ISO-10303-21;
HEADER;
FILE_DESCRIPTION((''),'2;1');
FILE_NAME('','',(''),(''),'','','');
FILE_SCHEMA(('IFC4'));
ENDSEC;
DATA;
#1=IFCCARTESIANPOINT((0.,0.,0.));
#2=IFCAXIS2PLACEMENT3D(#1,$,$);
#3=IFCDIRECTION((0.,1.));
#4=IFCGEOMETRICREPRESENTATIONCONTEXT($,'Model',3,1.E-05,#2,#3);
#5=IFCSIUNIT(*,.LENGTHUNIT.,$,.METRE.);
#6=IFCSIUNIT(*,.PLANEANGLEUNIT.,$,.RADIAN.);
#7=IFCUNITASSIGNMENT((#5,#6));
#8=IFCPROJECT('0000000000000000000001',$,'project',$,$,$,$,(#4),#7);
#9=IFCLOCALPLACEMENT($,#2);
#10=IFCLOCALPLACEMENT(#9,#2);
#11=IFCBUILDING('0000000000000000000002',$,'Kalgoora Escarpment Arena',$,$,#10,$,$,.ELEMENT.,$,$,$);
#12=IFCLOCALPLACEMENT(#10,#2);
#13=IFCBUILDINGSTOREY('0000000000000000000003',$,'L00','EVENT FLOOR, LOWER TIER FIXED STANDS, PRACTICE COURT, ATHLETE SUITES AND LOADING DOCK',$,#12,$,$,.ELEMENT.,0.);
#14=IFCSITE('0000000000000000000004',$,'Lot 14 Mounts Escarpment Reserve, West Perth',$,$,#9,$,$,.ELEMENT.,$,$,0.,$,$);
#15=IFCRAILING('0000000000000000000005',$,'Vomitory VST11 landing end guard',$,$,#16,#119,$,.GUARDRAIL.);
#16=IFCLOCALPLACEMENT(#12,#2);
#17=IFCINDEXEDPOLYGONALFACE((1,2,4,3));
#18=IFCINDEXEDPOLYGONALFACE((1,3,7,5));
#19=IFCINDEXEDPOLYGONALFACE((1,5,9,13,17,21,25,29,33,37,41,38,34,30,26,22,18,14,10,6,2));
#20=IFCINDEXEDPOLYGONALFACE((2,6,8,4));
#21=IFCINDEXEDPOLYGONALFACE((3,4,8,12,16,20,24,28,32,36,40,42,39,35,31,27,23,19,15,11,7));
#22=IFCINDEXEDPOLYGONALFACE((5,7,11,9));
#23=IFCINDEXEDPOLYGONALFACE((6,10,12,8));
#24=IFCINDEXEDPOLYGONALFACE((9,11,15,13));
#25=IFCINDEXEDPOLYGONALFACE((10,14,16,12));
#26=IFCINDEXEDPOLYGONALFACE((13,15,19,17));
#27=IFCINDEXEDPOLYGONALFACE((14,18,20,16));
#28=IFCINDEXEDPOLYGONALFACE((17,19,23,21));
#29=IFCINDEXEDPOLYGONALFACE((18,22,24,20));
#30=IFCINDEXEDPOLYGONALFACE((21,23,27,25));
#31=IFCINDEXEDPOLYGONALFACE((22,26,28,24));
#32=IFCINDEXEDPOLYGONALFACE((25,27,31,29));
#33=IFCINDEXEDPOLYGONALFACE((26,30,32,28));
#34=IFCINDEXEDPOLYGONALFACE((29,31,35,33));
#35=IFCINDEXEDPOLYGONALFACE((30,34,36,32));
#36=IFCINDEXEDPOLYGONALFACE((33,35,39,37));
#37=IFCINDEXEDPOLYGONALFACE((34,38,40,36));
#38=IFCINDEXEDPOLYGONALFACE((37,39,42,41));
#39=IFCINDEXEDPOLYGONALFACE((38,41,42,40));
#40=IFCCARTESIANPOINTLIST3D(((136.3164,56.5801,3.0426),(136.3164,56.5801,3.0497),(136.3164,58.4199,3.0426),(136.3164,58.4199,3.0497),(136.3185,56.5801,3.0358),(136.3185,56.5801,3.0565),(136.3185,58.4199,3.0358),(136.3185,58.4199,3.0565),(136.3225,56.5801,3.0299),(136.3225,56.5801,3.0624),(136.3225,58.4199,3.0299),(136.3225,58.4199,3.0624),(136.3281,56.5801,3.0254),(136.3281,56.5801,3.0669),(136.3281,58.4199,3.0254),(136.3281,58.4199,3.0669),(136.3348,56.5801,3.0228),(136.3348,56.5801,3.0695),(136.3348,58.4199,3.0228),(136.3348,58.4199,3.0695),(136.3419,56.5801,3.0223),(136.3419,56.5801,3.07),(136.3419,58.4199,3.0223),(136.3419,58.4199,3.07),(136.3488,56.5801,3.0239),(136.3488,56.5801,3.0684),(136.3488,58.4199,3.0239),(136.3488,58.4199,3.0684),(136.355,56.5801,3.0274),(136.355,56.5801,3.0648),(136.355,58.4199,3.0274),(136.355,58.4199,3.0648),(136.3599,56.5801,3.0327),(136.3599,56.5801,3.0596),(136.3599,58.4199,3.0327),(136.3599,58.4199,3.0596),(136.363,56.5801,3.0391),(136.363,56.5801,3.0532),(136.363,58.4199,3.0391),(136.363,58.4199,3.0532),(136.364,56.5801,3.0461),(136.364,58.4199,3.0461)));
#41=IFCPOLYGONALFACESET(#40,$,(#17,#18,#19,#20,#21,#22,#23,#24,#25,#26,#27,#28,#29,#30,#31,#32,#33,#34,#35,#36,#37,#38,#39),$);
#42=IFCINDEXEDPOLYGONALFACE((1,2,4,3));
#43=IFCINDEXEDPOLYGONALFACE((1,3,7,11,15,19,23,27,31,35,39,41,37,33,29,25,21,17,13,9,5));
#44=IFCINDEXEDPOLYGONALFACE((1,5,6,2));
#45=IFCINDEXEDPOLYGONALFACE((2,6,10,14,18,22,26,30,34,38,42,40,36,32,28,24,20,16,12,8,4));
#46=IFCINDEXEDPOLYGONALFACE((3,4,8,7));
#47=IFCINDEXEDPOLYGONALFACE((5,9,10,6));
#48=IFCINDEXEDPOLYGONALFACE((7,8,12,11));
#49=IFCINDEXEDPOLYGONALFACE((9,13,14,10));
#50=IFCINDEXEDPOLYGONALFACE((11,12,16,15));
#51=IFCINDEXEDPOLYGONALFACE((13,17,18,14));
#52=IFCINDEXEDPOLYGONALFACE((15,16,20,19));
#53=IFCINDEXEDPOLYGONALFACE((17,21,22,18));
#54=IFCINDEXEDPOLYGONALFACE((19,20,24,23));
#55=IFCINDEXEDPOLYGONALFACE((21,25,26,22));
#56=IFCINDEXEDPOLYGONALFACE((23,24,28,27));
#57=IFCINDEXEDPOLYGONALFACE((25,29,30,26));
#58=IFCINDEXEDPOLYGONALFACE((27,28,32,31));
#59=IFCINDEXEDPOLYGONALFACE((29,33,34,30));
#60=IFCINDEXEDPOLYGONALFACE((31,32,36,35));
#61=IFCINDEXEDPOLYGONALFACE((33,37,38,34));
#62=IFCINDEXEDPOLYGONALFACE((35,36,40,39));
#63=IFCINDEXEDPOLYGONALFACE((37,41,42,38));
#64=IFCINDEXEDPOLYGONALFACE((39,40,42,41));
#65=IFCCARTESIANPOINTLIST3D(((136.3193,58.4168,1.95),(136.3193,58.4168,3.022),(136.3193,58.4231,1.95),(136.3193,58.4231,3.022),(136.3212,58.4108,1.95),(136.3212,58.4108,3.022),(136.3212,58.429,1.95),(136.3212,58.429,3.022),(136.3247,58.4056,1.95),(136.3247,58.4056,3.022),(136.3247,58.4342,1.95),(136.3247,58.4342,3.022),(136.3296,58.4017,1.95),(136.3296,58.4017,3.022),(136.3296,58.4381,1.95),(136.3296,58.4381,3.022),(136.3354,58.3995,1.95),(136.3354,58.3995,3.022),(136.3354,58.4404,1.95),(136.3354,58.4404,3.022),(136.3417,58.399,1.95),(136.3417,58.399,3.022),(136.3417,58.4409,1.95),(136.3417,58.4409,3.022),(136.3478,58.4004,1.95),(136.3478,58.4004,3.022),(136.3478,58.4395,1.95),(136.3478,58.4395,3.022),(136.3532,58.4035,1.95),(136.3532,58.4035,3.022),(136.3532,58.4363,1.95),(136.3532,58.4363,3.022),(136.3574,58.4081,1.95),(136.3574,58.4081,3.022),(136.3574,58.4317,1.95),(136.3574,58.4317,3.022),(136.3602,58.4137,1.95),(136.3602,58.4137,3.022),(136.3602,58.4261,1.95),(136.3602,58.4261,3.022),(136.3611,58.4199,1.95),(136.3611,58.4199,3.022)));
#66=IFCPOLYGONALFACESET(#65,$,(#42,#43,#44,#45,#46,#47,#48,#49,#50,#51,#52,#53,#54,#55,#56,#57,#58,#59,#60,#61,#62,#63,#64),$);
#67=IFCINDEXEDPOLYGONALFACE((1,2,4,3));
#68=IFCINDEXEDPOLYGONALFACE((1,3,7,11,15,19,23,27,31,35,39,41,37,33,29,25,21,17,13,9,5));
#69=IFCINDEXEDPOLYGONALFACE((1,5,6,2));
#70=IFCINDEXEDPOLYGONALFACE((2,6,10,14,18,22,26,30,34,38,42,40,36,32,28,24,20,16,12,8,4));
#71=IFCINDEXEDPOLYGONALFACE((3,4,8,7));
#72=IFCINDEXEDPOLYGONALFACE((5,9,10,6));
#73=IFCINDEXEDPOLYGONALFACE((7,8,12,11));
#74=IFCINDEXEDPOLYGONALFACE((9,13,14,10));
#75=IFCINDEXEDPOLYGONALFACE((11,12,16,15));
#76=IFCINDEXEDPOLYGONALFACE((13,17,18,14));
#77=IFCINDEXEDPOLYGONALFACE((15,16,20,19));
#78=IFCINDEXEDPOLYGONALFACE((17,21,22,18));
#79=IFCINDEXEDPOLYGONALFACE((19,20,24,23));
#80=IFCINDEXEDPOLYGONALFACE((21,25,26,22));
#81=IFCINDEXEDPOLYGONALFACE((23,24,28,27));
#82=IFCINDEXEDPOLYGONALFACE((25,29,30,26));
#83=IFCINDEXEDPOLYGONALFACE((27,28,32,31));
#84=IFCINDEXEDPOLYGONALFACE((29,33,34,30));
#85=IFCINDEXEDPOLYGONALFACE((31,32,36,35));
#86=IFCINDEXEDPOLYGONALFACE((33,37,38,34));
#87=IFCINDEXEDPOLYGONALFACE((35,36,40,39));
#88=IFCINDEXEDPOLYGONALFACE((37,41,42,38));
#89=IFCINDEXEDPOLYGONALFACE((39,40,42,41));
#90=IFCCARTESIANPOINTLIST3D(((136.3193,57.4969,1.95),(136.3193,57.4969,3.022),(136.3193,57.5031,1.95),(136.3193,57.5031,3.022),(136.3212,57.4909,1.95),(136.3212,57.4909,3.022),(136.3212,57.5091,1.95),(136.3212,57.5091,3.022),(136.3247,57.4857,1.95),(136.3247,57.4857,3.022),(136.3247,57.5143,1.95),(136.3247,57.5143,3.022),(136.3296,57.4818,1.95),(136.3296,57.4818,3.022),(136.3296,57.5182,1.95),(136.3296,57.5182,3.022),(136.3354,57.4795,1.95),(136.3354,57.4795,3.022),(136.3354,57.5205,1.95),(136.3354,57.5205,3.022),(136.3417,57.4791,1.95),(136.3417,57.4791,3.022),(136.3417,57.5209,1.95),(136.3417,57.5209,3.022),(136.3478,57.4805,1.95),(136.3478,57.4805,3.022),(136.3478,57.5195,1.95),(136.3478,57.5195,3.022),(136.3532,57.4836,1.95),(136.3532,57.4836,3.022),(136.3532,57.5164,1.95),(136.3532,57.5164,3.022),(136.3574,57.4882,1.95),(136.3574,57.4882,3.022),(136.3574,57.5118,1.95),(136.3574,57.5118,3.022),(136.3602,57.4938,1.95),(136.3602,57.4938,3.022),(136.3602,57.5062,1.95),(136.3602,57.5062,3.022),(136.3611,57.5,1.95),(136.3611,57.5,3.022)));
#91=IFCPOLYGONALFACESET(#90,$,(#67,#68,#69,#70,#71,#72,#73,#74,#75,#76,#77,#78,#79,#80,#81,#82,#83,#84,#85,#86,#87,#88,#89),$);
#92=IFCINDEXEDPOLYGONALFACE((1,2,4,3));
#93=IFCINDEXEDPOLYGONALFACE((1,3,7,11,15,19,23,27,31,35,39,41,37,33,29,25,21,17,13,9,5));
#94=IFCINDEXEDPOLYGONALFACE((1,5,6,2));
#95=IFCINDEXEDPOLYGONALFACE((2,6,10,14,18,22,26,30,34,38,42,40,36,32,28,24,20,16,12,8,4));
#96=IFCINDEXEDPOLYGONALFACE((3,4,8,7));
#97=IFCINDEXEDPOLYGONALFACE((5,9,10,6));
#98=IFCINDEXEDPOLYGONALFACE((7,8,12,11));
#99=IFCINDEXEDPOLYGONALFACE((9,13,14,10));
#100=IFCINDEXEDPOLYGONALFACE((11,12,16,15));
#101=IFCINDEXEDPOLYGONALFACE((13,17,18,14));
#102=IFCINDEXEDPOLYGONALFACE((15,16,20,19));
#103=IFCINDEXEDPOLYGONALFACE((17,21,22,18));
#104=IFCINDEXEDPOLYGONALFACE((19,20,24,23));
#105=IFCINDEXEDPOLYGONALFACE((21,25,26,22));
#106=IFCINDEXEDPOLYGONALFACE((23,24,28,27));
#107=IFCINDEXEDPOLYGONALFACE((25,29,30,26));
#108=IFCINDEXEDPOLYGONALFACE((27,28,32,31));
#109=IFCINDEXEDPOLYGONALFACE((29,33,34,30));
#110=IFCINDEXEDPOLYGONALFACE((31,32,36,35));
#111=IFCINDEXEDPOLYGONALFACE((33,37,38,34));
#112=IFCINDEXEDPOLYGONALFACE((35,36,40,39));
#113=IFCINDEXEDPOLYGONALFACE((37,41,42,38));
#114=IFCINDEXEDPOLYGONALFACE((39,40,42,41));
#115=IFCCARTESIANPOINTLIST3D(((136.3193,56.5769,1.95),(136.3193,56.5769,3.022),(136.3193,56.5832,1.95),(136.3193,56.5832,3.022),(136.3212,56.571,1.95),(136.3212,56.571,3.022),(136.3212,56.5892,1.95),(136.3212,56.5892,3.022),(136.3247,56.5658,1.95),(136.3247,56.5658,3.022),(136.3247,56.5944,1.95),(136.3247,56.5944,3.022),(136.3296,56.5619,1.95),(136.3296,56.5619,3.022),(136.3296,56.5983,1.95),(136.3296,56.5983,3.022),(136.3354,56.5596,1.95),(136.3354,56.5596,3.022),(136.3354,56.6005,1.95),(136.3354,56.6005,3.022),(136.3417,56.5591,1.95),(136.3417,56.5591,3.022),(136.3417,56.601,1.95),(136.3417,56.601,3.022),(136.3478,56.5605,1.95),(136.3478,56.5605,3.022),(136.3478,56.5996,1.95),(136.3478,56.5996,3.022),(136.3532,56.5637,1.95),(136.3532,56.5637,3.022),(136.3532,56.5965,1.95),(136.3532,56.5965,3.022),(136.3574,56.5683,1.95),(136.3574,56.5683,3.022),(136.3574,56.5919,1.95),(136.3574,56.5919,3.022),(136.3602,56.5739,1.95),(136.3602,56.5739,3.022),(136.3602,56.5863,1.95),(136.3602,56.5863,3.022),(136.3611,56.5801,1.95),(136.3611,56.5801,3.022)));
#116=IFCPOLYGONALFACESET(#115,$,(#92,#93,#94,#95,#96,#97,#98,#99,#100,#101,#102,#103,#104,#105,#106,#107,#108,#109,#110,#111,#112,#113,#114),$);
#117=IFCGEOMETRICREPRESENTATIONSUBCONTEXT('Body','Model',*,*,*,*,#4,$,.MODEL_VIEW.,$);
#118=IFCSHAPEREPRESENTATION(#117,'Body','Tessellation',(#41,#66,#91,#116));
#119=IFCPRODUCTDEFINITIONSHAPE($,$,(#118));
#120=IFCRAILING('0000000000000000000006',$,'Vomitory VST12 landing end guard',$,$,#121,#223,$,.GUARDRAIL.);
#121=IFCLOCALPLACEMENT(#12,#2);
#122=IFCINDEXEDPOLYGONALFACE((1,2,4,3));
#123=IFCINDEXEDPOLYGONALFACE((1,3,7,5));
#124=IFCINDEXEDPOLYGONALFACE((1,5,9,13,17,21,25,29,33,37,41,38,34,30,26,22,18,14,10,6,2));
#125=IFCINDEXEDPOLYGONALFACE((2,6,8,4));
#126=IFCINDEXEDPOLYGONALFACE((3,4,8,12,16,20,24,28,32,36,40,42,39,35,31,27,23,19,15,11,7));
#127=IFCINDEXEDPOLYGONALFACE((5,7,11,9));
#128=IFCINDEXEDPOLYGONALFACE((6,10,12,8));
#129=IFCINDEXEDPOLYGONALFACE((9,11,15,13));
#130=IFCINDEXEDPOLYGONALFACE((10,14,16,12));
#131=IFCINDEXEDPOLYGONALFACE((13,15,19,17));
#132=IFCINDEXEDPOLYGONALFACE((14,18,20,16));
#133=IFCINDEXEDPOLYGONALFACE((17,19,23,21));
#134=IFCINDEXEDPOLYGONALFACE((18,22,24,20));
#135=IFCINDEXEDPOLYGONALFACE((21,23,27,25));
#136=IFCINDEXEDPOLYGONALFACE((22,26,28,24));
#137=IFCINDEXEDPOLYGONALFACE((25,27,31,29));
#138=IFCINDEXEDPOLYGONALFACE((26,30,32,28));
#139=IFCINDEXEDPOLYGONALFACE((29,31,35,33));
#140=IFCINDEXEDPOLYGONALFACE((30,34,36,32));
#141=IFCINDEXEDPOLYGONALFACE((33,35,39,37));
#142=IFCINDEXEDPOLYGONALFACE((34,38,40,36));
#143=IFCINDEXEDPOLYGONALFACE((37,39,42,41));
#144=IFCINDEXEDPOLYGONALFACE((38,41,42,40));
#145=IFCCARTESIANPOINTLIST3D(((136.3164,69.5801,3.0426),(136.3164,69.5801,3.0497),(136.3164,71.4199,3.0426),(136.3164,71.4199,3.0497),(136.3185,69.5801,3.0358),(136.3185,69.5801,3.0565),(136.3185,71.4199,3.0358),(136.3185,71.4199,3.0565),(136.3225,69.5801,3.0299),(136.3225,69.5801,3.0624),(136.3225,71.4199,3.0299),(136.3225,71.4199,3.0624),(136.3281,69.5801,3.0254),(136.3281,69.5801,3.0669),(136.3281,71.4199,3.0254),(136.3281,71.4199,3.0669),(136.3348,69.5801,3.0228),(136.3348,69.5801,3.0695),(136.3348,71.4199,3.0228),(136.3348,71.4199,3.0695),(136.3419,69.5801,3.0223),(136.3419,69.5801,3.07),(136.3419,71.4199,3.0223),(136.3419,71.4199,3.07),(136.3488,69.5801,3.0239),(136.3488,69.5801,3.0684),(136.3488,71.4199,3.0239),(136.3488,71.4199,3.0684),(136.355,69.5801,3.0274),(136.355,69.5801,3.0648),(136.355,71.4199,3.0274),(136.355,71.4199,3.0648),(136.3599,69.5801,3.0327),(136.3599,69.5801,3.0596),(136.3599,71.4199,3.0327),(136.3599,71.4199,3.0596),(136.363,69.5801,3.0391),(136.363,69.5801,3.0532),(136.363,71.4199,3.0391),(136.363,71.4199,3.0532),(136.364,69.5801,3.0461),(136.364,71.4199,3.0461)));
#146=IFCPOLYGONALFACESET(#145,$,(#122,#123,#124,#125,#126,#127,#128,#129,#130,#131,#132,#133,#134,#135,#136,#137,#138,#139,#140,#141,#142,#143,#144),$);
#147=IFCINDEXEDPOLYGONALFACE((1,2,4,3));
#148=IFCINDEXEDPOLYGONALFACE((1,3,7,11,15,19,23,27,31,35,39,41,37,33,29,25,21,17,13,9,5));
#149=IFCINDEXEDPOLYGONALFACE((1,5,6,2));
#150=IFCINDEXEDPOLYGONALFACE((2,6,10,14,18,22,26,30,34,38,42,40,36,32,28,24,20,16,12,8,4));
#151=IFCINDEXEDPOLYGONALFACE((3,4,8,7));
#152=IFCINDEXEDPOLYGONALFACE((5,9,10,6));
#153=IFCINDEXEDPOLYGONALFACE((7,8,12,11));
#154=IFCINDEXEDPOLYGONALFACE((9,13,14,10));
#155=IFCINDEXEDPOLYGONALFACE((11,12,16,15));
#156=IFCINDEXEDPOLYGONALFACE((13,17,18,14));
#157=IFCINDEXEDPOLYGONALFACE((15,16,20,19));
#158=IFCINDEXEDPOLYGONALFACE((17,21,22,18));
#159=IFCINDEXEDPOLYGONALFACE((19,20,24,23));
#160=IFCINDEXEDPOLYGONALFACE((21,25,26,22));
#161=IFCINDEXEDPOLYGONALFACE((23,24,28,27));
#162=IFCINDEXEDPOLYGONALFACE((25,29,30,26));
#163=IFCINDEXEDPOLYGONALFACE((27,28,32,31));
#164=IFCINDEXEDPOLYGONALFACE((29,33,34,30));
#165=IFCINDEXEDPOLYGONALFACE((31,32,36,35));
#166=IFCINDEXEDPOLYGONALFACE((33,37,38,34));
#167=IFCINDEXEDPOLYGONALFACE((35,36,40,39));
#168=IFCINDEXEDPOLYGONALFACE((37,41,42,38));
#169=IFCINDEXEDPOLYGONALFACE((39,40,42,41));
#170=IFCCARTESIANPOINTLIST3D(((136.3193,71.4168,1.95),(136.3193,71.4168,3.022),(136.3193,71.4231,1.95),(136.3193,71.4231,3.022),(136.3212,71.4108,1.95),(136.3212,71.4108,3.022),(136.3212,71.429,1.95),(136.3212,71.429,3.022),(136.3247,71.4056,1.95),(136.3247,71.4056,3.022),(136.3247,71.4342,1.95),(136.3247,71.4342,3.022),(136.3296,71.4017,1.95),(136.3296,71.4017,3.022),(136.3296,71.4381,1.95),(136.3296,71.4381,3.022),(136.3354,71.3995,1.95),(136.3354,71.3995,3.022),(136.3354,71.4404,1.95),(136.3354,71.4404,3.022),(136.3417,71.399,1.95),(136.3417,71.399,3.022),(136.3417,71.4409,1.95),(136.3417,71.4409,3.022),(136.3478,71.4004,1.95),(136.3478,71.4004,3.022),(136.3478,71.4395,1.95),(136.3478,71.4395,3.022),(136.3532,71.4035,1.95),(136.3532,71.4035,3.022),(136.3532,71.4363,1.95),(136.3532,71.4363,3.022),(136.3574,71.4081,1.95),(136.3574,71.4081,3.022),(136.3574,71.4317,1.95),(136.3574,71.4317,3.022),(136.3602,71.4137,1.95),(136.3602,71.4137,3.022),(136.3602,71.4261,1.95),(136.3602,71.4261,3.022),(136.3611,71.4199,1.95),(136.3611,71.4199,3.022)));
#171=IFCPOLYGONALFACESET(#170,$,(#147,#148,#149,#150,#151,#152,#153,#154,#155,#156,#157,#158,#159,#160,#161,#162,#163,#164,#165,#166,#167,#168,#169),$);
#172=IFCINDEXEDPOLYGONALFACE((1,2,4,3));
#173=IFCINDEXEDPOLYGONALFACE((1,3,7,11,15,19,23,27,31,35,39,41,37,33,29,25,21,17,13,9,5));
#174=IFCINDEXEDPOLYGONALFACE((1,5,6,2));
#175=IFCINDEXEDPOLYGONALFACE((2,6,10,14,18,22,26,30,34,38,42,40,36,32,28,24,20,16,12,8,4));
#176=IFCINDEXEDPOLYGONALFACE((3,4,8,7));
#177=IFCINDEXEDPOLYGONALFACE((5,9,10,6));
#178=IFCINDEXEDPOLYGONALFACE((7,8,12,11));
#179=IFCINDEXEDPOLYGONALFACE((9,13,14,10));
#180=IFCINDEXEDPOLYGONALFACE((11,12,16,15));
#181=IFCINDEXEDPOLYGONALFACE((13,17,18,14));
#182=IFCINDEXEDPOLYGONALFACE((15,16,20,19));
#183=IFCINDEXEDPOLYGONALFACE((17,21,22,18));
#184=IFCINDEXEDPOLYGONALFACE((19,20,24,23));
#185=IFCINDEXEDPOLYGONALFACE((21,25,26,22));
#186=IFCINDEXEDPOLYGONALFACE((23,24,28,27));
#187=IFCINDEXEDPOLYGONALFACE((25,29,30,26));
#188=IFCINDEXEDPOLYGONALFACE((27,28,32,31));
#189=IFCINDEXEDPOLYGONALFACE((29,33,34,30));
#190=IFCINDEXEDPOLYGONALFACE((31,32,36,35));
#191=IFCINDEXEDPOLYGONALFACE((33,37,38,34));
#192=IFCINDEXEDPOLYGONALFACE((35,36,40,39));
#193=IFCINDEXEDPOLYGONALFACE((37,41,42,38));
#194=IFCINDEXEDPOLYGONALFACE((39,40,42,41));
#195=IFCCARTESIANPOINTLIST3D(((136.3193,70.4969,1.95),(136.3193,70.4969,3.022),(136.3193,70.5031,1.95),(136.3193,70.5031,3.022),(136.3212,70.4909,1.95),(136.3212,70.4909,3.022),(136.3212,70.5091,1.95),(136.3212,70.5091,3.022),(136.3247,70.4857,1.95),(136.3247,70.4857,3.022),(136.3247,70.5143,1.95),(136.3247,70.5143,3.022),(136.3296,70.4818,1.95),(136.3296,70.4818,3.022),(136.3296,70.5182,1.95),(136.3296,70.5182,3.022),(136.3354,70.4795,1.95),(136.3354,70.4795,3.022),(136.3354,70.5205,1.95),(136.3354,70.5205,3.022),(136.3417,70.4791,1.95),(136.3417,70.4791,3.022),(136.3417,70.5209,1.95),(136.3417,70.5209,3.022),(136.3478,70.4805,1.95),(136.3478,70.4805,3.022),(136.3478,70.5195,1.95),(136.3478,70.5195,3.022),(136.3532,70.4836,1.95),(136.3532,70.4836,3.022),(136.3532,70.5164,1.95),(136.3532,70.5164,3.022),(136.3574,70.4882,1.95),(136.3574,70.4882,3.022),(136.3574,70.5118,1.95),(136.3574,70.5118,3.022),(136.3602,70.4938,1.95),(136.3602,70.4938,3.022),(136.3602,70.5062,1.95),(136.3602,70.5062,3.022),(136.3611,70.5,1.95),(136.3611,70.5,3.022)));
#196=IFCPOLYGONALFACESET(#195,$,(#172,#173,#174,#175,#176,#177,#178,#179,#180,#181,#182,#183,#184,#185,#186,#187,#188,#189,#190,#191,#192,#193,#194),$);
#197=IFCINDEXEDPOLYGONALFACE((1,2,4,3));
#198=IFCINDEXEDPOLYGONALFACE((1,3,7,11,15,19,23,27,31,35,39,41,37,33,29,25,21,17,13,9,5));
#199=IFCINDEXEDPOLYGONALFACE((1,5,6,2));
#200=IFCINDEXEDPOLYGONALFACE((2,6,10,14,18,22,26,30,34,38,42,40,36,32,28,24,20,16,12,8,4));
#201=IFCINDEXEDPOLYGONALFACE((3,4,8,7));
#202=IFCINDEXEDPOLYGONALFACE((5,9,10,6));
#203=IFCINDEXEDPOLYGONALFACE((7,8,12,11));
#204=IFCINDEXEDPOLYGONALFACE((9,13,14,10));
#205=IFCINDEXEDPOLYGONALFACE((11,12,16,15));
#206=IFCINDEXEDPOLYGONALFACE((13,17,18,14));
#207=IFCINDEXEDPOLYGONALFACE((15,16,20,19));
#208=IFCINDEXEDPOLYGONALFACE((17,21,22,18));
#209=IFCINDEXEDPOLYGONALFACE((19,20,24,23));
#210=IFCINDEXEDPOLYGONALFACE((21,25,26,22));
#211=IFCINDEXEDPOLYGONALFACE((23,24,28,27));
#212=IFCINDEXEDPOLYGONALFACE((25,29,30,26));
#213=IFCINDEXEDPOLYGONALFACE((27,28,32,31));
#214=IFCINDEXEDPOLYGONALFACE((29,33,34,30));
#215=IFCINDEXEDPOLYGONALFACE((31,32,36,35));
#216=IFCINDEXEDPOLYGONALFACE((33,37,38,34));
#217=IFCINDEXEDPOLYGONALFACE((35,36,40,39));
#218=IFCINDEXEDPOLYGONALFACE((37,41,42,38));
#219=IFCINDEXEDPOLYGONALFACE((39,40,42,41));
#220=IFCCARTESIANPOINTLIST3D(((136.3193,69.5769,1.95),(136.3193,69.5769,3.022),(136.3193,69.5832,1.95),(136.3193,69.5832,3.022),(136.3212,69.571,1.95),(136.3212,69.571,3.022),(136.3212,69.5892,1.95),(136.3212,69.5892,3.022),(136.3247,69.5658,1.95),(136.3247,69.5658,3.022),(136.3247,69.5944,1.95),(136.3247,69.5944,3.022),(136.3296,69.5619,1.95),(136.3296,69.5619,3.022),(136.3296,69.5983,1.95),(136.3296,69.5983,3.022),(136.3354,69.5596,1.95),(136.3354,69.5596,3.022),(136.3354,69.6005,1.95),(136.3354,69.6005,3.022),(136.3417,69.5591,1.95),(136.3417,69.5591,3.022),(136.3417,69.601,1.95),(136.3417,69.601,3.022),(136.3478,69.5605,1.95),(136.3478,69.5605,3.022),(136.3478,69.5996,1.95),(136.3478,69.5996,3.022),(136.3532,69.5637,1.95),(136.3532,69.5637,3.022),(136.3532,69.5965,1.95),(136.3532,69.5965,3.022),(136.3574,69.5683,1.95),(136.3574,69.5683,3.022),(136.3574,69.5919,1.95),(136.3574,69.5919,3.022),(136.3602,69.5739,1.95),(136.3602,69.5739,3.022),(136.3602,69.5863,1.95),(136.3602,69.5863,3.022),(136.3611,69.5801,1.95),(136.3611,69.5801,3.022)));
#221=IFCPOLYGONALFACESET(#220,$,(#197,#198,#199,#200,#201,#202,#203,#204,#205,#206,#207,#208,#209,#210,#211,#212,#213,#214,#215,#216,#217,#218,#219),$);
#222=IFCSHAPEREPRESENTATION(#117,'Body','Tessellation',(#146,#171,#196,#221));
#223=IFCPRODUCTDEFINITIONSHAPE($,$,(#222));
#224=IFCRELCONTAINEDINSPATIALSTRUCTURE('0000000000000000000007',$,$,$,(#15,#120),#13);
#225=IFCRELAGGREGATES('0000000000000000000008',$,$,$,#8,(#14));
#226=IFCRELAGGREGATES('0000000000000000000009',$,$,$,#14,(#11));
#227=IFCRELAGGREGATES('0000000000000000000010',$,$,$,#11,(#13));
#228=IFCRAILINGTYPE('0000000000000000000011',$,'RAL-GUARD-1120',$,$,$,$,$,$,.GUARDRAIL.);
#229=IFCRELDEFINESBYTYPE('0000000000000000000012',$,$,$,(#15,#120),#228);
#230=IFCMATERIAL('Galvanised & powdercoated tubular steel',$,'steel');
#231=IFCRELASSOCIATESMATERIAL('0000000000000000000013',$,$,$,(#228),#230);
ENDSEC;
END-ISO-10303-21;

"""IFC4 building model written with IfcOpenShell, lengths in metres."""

from ifc_helpers import new_model, si_unit, direction, frame, origin, origin_2d, place, context, subcontext, project, spatial, circle, extrude, material, type_object, element, save


model = new_model("IFC4")

# Units and contexts
model_context = context("Model", 3, precision=1e-05, world=origin(), true_north=direction((0.0, 1.0)))
body_context = subcontext(model_context, "Body", "Model", "MODEL_VIEW")
ifc_project = project(units=[si_unit("LENGTHUNIT", "METRE"), si_unit("PLANEANGLEUNIT", "RADIAN")], contexts=[model_context])

# Site, building, storey
site_placement = place(None, origin())
site = spatial("IfcSite", under=ifc_project, at=site_placement, Name="Lot 14 Mounts Escarpment Reserve, West Perth", CompositionType="ELEMENT", RefElevation=0.0)
building_placement = place(site_placement, origin())
building = spatial("IfcBuilding", under=site, at=building_placement, Name="Kalgoora Escarpment Arena", CompositionType="ELEMENT")
storey_placement = place(building_placement, origin())
storey = spatial("IfcBuildingStorey", under=building, at=storey_placement, Name="L00", Description="EVENT FLOOR, LOWER TIER FIXED STANDS, PRACTICE COURT, ATHLETE SUITES AND LOADING DOCK", CompositionType="ELEMENT", Elevation=0.0)

# Railings
ifc_material_1 = material(Name="Galvanised & powdercoated tubular steel", Category="steel")
railing_type = type_object("IfcRailingType", Name="RAL-GUARD-1120", PredefinedType="GUARDRAIL", material=ifc_material_1)
for number, where, name in (
    (1, (136.3401, 58.4199, 1.95), "Vomitory VST11 landing end guard"),
    (2, (136.3401, 71.4199, 1.95), "Vomitory VST12 landing end guard"),
):
    element("IfcRailing", number, at=place(storey_placement, frame(where)), inside=storey, type_object=railing_type, Name=name, PredefinedType="GUARDRAIL", context=body_context, shape_type="SweptSolid", body=[
        extrude(circle(Radius=0.0239, at=origin_2d()), frame((0.0, 0.0, 1.0962), z_axis=(0.0, -1.0, 0.0), x_axis=(1.0, 0.0, 0.0)), (0.0, 0.0, 1.0), 1.8398),
        extrude(circle(Radius=0.021, at=origin_2d()), origin(), (0.0, 0.0, 1.0), 1.072),
        extrude(circle(Radius=0.021, at=origin_2d()), frame((0.0, -0.9199, 0.0)), (0.0, 0.0, 1.0), 1.072),
        extrude(circle(Radius=0.021, at=origin_2d()), frame((0.0, -1.8398, 0.0)), (0.0, 0.0, 1.0), 1.072),
    ])

save(model, "model.ifc")
